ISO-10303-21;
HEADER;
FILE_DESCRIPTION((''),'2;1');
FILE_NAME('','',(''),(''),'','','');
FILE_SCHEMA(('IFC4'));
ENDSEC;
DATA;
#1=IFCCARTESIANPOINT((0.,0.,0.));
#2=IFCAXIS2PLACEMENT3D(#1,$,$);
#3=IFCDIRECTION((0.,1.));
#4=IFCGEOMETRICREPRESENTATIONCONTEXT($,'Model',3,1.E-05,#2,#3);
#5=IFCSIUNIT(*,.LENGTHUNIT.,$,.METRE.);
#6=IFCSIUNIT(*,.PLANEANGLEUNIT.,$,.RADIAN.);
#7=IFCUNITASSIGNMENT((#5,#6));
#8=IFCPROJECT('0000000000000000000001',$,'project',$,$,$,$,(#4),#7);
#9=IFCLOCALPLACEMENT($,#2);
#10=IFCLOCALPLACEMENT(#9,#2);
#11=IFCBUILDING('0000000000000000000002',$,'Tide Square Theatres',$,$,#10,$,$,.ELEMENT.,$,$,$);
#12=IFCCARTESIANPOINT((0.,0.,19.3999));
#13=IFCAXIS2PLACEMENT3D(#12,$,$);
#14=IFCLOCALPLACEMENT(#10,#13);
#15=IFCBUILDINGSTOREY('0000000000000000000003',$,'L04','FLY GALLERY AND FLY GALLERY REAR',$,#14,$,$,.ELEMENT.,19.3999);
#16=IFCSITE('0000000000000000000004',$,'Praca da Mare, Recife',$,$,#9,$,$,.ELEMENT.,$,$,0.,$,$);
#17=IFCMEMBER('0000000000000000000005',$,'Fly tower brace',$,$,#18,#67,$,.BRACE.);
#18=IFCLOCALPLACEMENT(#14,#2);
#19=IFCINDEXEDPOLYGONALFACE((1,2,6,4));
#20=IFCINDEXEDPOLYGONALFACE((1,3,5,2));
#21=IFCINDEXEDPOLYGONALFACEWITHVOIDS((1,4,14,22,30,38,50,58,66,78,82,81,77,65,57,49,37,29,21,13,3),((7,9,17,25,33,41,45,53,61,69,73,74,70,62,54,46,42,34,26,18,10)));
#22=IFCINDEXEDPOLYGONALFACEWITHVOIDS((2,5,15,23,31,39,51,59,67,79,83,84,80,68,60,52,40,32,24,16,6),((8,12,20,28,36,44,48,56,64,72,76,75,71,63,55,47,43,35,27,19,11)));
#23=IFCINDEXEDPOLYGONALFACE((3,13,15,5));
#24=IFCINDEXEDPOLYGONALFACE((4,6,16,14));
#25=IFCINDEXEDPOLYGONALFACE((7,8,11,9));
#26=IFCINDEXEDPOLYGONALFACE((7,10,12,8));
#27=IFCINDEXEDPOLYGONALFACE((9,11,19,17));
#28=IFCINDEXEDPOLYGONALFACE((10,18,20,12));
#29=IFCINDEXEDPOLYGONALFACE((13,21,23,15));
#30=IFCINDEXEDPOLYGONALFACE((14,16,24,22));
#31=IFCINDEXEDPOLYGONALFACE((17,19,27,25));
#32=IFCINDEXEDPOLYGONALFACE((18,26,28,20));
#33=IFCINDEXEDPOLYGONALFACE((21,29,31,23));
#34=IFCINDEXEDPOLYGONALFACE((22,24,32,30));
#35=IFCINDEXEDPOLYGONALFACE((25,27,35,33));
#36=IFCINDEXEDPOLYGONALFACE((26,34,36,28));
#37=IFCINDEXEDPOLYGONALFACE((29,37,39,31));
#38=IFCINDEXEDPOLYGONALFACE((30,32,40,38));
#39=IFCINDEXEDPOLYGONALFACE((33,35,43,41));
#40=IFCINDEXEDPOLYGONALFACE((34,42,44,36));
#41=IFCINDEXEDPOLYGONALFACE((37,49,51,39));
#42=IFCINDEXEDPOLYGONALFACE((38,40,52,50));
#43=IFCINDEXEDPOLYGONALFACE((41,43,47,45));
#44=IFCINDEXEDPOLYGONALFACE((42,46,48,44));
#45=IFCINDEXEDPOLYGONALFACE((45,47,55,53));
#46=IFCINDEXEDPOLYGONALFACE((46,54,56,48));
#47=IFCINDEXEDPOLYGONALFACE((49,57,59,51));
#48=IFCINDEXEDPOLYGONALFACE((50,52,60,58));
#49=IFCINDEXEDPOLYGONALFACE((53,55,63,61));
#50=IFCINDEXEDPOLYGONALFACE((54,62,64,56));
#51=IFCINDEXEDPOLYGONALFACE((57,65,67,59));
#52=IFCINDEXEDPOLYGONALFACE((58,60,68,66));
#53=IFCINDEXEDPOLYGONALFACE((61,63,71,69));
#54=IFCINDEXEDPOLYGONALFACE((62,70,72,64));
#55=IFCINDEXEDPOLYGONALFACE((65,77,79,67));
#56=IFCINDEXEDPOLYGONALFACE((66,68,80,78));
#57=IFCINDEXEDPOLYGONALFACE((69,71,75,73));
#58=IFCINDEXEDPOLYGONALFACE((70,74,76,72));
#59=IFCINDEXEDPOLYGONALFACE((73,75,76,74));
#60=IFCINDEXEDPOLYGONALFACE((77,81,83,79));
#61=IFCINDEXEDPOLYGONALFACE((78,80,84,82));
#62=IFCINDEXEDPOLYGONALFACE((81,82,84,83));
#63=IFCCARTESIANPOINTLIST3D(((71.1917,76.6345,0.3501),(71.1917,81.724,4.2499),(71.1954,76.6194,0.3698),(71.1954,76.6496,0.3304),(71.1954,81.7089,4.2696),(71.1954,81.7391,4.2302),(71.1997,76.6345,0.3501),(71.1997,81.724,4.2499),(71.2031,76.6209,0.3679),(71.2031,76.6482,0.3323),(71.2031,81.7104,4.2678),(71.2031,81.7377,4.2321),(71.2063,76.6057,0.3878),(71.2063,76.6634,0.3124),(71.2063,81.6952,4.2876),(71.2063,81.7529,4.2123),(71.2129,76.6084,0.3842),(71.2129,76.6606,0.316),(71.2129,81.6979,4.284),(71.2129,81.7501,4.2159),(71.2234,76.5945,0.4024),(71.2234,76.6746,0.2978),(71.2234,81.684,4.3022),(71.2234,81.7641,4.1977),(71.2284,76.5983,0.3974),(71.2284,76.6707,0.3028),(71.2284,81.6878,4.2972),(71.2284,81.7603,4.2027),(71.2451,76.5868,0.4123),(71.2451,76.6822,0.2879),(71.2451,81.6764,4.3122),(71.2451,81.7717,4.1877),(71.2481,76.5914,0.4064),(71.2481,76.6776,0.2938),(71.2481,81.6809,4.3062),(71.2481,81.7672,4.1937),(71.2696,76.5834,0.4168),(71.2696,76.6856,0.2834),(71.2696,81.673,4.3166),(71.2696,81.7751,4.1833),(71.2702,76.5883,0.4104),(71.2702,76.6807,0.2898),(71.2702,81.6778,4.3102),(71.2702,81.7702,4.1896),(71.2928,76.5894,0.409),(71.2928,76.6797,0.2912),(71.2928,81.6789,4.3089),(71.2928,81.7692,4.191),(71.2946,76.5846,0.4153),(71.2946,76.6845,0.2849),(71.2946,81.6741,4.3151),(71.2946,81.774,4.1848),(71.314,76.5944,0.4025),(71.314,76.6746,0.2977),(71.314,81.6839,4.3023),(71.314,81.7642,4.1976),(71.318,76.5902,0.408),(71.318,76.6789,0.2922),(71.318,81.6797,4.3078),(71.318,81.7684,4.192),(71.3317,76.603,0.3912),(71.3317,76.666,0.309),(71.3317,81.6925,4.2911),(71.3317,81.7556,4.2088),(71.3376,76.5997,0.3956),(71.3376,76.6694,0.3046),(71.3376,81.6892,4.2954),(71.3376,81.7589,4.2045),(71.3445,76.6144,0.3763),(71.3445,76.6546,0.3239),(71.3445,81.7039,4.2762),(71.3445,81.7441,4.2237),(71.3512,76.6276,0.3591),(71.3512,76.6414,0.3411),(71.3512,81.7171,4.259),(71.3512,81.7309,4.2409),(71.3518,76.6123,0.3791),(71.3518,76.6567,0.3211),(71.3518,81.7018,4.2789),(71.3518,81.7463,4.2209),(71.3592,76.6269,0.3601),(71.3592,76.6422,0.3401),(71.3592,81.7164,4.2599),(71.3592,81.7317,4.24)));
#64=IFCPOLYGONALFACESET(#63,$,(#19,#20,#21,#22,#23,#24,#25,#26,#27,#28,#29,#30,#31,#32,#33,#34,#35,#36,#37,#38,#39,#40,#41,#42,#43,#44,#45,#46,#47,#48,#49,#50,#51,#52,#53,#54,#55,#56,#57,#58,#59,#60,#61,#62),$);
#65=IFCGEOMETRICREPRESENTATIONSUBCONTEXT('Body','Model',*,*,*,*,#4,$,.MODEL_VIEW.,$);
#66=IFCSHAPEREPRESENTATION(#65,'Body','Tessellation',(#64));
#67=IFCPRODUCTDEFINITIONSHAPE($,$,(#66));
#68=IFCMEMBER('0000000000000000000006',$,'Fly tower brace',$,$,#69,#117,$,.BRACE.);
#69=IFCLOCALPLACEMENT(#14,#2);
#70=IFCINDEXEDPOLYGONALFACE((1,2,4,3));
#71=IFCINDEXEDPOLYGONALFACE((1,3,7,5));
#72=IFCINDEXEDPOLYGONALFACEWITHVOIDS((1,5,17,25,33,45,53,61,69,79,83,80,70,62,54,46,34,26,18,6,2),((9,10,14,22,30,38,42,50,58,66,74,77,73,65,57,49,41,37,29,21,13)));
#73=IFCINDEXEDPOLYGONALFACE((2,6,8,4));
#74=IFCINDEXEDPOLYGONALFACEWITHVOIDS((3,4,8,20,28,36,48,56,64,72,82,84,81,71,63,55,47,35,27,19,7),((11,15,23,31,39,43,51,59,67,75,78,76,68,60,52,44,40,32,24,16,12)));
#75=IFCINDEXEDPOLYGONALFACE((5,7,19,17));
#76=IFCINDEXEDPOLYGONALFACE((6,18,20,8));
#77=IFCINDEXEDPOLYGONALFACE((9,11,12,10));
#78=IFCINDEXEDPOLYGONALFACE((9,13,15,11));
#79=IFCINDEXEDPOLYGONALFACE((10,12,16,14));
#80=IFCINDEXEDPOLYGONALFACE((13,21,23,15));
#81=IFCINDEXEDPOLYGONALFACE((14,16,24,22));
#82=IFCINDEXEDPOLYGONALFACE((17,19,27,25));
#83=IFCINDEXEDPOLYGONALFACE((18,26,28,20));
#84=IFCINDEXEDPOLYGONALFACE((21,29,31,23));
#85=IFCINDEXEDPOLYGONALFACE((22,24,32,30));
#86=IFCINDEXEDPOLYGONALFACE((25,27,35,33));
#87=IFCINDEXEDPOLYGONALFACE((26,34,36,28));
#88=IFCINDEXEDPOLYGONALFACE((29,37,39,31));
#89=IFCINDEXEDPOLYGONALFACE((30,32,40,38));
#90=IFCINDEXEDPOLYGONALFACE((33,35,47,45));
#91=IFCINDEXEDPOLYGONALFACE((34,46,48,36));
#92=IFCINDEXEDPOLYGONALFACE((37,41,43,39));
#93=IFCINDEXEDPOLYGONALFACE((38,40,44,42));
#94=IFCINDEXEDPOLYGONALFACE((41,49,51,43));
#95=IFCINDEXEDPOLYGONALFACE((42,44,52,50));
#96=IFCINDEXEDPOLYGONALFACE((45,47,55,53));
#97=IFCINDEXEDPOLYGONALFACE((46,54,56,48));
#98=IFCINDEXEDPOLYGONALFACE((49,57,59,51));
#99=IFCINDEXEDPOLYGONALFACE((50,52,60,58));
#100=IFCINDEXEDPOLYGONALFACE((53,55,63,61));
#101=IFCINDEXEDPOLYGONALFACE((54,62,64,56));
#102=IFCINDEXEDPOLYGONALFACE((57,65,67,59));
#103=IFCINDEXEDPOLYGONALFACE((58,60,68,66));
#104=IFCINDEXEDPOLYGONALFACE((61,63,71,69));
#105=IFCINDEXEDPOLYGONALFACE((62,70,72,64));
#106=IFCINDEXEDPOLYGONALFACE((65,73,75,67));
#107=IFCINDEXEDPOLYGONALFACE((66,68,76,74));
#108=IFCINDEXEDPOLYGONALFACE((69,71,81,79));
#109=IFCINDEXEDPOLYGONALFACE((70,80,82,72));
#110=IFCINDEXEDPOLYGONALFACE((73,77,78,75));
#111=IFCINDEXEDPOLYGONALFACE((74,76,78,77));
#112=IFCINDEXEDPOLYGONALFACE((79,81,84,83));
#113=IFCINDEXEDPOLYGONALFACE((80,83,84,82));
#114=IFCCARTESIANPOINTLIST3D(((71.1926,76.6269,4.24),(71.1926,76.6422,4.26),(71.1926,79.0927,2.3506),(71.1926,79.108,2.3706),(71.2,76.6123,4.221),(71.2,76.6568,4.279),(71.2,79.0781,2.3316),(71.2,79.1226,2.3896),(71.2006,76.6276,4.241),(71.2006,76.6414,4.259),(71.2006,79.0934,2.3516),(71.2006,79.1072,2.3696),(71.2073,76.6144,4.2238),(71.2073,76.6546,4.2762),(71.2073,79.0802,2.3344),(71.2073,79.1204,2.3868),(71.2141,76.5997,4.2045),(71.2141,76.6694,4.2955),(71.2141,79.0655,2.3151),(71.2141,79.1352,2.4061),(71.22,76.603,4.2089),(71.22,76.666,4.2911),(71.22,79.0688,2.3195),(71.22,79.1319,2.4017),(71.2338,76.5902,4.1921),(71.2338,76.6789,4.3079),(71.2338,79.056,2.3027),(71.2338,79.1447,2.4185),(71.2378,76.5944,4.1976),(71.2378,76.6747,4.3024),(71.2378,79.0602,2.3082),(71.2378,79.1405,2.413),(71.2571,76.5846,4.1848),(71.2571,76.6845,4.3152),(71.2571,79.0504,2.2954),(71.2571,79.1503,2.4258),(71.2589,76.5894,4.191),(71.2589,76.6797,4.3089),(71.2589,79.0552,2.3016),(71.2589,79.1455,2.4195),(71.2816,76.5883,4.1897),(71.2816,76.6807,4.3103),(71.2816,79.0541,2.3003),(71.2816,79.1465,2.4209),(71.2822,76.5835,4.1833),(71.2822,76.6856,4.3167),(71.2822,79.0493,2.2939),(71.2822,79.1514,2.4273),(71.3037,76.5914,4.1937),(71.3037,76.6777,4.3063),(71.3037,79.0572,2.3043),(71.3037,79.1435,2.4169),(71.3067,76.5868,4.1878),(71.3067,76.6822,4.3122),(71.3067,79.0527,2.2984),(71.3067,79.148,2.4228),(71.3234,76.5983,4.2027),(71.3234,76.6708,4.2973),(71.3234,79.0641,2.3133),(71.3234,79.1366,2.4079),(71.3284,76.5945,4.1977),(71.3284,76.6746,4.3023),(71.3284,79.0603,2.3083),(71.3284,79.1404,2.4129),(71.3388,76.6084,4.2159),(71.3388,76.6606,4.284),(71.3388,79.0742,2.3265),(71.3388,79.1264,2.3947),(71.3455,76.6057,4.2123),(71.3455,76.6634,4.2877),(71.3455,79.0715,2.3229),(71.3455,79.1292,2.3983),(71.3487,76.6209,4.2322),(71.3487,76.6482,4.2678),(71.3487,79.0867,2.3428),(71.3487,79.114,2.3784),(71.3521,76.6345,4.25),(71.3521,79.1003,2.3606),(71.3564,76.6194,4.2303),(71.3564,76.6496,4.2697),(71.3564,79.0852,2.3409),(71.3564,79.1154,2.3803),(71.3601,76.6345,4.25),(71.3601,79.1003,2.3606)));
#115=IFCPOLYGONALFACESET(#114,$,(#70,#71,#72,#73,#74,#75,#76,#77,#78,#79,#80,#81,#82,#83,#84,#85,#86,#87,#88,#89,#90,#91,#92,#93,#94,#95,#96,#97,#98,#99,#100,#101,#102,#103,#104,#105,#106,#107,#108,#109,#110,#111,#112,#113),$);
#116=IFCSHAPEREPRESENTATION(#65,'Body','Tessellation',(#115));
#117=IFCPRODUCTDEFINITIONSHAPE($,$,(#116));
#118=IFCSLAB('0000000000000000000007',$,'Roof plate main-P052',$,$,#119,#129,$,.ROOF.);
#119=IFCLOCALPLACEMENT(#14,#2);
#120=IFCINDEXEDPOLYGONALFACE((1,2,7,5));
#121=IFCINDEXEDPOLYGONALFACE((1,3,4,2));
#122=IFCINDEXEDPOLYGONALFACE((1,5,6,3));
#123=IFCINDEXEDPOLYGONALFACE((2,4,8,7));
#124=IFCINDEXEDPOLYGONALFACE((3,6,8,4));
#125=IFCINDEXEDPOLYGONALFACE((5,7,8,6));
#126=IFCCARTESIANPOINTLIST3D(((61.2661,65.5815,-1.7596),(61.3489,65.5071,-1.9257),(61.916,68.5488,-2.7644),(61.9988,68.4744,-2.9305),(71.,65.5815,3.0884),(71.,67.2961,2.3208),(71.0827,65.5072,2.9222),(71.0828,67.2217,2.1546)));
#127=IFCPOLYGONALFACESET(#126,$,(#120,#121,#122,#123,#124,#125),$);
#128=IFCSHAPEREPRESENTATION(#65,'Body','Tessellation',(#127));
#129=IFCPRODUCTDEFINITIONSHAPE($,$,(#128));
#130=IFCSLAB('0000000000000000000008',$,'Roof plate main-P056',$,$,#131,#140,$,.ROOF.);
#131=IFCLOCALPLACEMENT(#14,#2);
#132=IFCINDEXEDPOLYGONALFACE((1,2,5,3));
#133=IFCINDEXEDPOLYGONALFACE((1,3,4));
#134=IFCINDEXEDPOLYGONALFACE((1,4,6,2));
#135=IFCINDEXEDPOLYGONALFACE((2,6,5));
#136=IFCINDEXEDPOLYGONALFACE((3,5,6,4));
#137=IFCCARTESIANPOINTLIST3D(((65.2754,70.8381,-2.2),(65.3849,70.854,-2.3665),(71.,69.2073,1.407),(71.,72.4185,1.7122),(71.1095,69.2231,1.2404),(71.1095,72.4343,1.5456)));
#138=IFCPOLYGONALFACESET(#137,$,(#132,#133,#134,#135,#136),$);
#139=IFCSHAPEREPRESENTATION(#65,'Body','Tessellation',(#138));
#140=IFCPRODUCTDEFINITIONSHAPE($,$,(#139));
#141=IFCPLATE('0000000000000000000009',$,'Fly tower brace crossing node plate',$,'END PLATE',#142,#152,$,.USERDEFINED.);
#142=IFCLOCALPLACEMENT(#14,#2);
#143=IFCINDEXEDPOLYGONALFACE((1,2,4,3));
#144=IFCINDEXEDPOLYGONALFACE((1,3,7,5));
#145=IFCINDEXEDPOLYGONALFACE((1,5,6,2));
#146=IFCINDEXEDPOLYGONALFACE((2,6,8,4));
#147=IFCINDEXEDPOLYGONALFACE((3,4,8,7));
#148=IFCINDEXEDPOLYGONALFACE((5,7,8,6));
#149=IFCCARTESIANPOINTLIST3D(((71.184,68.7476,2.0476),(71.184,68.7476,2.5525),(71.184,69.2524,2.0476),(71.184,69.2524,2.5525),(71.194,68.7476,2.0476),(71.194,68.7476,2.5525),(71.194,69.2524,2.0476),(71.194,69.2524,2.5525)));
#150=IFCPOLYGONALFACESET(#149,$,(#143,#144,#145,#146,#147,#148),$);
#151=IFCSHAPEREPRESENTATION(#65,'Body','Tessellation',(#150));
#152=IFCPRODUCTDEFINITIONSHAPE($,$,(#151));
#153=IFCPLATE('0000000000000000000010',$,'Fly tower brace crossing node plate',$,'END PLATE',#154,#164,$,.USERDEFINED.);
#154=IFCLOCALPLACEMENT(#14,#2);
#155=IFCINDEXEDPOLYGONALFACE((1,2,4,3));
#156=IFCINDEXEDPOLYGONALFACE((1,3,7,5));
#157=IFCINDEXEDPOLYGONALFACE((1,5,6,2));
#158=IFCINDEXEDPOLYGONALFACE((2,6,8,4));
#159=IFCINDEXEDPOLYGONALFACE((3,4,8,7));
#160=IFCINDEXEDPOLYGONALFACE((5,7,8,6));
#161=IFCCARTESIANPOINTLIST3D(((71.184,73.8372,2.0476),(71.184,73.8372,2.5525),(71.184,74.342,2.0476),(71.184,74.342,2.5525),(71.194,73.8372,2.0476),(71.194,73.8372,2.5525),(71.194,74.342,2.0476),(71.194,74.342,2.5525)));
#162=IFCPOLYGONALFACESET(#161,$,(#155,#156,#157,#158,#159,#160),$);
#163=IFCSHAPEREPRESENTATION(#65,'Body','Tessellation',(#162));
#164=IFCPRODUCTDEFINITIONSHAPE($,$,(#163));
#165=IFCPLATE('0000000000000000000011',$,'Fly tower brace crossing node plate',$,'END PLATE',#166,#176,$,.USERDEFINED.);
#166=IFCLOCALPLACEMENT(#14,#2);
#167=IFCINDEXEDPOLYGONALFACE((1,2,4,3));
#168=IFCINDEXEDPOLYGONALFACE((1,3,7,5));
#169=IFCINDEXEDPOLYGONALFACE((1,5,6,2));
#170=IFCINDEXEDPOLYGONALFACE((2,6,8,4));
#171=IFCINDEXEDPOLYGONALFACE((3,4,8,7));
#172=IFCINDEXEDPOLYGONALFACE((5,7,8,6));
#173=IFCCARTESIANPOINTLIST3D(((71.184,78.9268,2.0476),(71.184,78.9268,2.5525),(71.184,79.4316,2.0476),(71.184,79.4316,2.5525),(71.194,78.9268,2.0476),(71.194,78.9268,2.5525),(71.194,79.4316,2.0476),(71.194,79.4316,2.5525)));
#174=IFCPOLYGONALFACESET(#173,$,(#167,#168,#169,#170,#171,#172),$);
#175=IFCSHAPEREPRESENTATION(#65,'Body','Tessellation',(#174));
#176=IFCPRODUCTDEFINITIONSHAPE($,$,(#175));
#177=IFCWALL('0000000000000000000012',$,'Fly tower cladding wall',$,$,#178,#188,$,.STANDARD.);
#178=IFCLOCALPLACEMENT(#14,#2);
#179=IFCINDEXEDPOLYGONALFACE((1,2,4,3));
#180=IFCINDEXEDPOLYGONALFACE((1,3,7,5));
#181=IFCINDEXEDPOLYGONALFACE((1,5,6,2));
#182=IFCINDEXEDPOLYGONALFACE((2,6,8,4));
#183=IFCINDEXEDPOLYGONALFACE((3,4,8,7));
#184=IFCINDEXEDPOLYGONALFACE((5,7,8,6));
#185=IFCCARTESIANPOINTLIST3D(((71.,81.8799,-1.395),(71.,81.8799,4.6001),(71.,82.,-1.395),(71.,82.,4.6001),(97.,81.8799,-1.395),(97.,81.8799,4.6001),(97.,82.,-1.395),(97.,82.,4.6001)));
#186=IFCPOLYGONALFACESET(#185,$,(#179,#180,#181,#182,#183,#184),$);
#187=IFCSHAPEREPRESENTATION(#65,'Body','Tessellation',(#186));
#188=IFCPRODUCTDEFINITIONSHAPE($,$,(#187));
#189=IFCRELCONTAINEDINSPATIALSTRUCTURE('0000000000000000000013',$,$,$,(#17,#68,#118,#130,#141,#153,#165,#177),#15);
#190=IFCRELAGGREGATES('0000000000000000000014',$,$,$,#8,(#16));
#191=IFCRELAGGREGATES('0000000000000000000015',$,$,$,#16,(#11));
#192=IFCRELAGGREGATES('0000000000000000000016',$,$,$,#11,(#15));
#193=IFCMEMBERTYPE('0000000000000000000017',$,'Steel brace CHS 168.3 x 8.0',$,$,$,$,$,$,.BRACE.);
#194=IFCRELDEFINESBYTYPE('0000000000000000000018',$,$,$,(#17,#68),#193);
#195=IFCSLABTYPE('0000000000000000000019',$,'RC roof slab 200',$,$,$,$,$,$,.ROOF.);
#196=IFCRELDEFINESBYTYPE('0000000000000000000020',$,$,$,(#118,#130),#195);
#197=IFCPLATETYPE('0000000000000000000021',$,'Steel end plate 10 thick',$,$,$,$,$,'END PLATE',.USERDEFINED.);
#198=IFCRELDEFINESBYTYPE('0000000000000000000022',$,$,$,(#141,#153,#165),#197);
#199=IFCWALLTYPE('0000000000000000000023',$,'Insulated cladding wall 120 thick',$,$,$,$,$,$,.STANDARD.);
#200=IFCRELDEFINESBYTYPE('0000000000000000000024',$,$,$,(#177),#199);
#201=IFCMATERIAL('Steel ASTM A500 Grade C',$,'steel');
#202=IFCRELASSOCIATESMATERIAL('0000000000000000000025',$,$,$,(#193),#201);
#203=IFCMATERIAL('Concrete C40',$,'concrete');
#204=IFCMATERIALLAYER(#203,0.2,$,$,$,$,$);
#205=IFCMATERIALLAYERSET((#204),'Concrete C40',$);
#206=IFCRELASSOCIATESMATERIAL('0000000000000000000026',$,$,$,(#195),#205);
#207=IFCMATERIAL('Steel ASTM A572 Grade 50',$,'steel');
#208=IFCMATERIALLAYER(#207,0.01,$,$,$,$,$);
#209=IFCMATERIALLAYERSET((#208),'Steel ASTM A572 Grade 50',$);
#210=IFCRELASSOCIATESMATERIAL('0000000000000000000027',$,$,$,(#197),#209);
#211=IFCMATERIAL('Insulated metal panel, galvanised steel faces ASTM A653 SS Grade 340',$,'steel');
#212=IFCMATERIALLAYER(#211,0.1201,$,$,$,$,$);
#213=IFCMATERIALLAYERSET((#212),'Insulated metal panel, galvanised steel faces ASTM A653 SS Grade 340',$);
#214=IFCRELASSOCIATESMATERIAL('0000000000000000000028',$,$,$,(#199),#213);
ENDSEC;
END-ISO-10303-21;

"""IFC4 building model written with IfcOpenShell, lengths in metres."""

from ifc_helpers import new_model, si_unit, direction, frame, frame_2d, origin, origin_2d, place, context, subcontext, project, spatial, polyline, rectangle, hollow_circle, outline, extrude, material, layer, layer_set, material_profile, profile_set, type_object, element, save


model = new_model("IFC4")

# Units and contexts
model_context = context("Model", 3, precision=1e-05, world=origin(), true_north=direction((0.0, 1.0)))
body_context = subcontext(model_context, "Body", "Model", "MODEL_VIEW")
ifc_project = project(units=[si_unit("LENGTHUNIT", "METRE"), si_unit("PLANEANGLEUNIT", "RADIAN")], contexts=[model_context])

# Site, building, storey
site_placement = place(None, origin())
site = spatial("IfcSite", under=ifc_project, at=site_placement, Name="Praca da Mare, Recife", CompositionType="ELEMENT", RefElevation=0.0)
building_placement = place(site_placement, origin())
building = spatial("IfcBuilding", under=site, at=building_placement, Name="Tide Square Theatres", CompositionType="ELEMENT")
storey_placement = place(building_placement, frame((0.0, 0.0, 19.3999)))
storey = spatial("IfcBuildingStorey", under=building, at=storey_placement, Name="L04", Description="FLY GALLERY AND FLY GALLERY REAR", CompositionType="ELEMENT", Elevation=19.3999)

# Members
ifc_material_1 = material(Name="Steel ASTM A500 Grade C", Category="steel")
ifc_material_profile_1 = material_profile(ifc_material_1, hollow_circle(Radius=0.0842, WallThickness=0.0081, at=origin_2d()))
ifc_profile_set_1 = profile_set([ifc_material_profile_1], Name="Steel ASTM A500 Grade C")
member_type = type_object("IfcMemberType", Name="Steel brace CHS 168.3 x 8.0", PredefinedType="BRACE", material=ifc_profile_set_1)
member_1_placement = place(storey_placement, frame((71.2759, 76.6345, 0.3501), z_axis=(0.0, 0.793766, 0.608223), x_axis=(-1.0, 0.0, 0.0)))
element("IfcMember", 1, at=member_1_placement, inside=storey, type_object=member_type, Name="Fly tower brace", PredefinedType="BRACE", context=body_context, shape_type="SweptSolid", body=[
    extrude(hollow_circle(Radius=0.0842, WallThickness=0.0081, at=origin_2d()), origin(), (0.0, 0.0, 1.0), 6.4119),
])
member_2_placement = place(storey_placement, frame((71.2759, 79.1003, 2.3606), z_axis=(0.0, -0.793771, 0.608217), x_axis=(1.0, 0.0, 0.0)))
element("IfcMember", 2, at=member_2_placement, inside=storey, type_object=member_type, Name="Fly tower brace", PredefinedType="BRACE", context=body_context, shape_type="SweptSolid", body=[
    extrude(hollow_circle(Radius=0.0842, WallThickness=0.0081, at=origin_2d()), origin(), (0.0, 0.0, 1.0), 3.1064),
])

# Slabs
ifc_material_2 = material(Name="Concrete C40", Category="concrete")
ifc_layer_1 = layer(ifc_material_2, 0.2)
ifc_layer_set_1 = layer_set([ifc_layer_1], Name="Concrete C40")
slab_type = type_object("IfcSlabType", Name="RC roof slab 200", PredefinedType="ROOF", material=ifc_layer_set_1)
slab_1_placement = place(storey_placement, frame((61.916, 68.5488, -2.7644), z_axis=(-0.413823, 0.371998, 0.830884), x_axis=(-0.203117, -0.927422, 0.314057)))
element("IfcSlab", 3, at=slab_1_placement, inside=storey, type_object=slab_type, Name="Roof plate main-P052", PredefinedType="ROOF", context=body_context, shape_type="SweptSolid", body=[
    extrude(outline(polyline([(0.0, 0.0), (3.1995, 0.0), (2.7449, 10.8648), (0.9137, 10.4457), (0.0, 0.0)])), origin(), (0.0, 0.0, -1.0), 0.2),
])
slab_2_placement = place(storey_placement, frame((65.2754, 70.8381, -2.2), z_axis=(-0.547458, -0.079172, 0.83308), x_axis=(0.822508, -0.234321, 0.518242)))
element("IfcSlab", 4, at=slab_2_placement, inside=storey, type_object=slab_type, Name="Roof plate main-P056", PredefinedType="ROOF", context=body_context, shape_type="SweptSolid", body=[
    extrude(outline(polyline([(0.0, 0.0), (6.9599, 0.0), (6.3657, 3.1704), (0.0, 0.0)])), origin(), (0.0, 0.0, -1.0), 0.2),
])

# Plates
ifc_material_3 = material(Name="Steel ASTM A572 Grade 50", Category="steel")
ifc_layer_2 = layer(ifc_material_3, 0.01)
ifc_layer_set_2 = layer_set([ifc_layer_2], Name="Steel ASTM A572 Grade 50")
plate_type = type_object("IfcPlateType", Name="Steel end plate 10 thick", ElementType="END PLATE", PredefinedType="USERDEFINED", material=ifc_layer_set_2)
for number, where, z_axis, x_axis, name in (
    (5, (71.189, 69.0, 2.0476), (0.0, 0.0, 1.0), (-1.0, 0.0, 0.0), "Fly tower brace crossing node plate"),
    (6, (71.189, 74.0896, 2.0476), (0.0, 0.0, 1.0), (-1.0, 0.0, 0.0), "Fly tower brace crossing node plate"),
    (7, (71.189, 79.1792, 2.0476), (0.0, 0.0, 1.0), (-1.0, 0.0, 0.0), "Fly tower brace crossing node plate"),
):
    element("IfcPlate", number, at=place(storey_placement, frame(where, z_axis=z_axis, x_axis=x_axis)), inside=storey, type_object=plate_type, Name=name, ObjectType="END PLATE", PredefinedType="USERDEFINED", context=body_context, shape_type="SweptSolid", body=[
        extrude(rectangle(XDim=0.01, YDim=0.5049, at=origin_2d()), origin(), (0.0, 0.0, 1.0), 0.5049),
    ])

# Wall
ifc_material_4 = material(Name="Insulated metal panel, galvanised steel faces ASTM A653 SS Grade 340", Category="steel")
ifc_layer_3 = layer(ifc_material_4, 0.1201)
ifc_layer_set_3 = layer_set([ifc_layer_3], Name="Insulated metal panel, galvanised steel faces ASTM A653 SS Grade 340")
wall_type_1 = type_object("IfcWallType", Name="Insulated cladding wall 120 thick", PredefinedType="STANDARD", material=ifc_layer_set_3)
wall_1_placement = place(storey_placement, frame((71.0, 81.9399, -1.395), z_axis=(0.0, 0.0, 1.0), x_axis=(1.0, 0.0, 0.0)))
element("IfcWall", 8, at=wall_1_placement, inside=storey, type_object=wall_type_1, Name="Fly tower cladding wall", PredefinedType="STANDARD", context=body_context, shape_type="SweptSolid", body=[
    extrude(rectangle(XDim=26.0, YDim=0.1201, at=frame_2d((13.0, 0.0))), origin(), (0.0, 0.0, 1.0), 5.9951),
])

save(model, "model.ifc")
